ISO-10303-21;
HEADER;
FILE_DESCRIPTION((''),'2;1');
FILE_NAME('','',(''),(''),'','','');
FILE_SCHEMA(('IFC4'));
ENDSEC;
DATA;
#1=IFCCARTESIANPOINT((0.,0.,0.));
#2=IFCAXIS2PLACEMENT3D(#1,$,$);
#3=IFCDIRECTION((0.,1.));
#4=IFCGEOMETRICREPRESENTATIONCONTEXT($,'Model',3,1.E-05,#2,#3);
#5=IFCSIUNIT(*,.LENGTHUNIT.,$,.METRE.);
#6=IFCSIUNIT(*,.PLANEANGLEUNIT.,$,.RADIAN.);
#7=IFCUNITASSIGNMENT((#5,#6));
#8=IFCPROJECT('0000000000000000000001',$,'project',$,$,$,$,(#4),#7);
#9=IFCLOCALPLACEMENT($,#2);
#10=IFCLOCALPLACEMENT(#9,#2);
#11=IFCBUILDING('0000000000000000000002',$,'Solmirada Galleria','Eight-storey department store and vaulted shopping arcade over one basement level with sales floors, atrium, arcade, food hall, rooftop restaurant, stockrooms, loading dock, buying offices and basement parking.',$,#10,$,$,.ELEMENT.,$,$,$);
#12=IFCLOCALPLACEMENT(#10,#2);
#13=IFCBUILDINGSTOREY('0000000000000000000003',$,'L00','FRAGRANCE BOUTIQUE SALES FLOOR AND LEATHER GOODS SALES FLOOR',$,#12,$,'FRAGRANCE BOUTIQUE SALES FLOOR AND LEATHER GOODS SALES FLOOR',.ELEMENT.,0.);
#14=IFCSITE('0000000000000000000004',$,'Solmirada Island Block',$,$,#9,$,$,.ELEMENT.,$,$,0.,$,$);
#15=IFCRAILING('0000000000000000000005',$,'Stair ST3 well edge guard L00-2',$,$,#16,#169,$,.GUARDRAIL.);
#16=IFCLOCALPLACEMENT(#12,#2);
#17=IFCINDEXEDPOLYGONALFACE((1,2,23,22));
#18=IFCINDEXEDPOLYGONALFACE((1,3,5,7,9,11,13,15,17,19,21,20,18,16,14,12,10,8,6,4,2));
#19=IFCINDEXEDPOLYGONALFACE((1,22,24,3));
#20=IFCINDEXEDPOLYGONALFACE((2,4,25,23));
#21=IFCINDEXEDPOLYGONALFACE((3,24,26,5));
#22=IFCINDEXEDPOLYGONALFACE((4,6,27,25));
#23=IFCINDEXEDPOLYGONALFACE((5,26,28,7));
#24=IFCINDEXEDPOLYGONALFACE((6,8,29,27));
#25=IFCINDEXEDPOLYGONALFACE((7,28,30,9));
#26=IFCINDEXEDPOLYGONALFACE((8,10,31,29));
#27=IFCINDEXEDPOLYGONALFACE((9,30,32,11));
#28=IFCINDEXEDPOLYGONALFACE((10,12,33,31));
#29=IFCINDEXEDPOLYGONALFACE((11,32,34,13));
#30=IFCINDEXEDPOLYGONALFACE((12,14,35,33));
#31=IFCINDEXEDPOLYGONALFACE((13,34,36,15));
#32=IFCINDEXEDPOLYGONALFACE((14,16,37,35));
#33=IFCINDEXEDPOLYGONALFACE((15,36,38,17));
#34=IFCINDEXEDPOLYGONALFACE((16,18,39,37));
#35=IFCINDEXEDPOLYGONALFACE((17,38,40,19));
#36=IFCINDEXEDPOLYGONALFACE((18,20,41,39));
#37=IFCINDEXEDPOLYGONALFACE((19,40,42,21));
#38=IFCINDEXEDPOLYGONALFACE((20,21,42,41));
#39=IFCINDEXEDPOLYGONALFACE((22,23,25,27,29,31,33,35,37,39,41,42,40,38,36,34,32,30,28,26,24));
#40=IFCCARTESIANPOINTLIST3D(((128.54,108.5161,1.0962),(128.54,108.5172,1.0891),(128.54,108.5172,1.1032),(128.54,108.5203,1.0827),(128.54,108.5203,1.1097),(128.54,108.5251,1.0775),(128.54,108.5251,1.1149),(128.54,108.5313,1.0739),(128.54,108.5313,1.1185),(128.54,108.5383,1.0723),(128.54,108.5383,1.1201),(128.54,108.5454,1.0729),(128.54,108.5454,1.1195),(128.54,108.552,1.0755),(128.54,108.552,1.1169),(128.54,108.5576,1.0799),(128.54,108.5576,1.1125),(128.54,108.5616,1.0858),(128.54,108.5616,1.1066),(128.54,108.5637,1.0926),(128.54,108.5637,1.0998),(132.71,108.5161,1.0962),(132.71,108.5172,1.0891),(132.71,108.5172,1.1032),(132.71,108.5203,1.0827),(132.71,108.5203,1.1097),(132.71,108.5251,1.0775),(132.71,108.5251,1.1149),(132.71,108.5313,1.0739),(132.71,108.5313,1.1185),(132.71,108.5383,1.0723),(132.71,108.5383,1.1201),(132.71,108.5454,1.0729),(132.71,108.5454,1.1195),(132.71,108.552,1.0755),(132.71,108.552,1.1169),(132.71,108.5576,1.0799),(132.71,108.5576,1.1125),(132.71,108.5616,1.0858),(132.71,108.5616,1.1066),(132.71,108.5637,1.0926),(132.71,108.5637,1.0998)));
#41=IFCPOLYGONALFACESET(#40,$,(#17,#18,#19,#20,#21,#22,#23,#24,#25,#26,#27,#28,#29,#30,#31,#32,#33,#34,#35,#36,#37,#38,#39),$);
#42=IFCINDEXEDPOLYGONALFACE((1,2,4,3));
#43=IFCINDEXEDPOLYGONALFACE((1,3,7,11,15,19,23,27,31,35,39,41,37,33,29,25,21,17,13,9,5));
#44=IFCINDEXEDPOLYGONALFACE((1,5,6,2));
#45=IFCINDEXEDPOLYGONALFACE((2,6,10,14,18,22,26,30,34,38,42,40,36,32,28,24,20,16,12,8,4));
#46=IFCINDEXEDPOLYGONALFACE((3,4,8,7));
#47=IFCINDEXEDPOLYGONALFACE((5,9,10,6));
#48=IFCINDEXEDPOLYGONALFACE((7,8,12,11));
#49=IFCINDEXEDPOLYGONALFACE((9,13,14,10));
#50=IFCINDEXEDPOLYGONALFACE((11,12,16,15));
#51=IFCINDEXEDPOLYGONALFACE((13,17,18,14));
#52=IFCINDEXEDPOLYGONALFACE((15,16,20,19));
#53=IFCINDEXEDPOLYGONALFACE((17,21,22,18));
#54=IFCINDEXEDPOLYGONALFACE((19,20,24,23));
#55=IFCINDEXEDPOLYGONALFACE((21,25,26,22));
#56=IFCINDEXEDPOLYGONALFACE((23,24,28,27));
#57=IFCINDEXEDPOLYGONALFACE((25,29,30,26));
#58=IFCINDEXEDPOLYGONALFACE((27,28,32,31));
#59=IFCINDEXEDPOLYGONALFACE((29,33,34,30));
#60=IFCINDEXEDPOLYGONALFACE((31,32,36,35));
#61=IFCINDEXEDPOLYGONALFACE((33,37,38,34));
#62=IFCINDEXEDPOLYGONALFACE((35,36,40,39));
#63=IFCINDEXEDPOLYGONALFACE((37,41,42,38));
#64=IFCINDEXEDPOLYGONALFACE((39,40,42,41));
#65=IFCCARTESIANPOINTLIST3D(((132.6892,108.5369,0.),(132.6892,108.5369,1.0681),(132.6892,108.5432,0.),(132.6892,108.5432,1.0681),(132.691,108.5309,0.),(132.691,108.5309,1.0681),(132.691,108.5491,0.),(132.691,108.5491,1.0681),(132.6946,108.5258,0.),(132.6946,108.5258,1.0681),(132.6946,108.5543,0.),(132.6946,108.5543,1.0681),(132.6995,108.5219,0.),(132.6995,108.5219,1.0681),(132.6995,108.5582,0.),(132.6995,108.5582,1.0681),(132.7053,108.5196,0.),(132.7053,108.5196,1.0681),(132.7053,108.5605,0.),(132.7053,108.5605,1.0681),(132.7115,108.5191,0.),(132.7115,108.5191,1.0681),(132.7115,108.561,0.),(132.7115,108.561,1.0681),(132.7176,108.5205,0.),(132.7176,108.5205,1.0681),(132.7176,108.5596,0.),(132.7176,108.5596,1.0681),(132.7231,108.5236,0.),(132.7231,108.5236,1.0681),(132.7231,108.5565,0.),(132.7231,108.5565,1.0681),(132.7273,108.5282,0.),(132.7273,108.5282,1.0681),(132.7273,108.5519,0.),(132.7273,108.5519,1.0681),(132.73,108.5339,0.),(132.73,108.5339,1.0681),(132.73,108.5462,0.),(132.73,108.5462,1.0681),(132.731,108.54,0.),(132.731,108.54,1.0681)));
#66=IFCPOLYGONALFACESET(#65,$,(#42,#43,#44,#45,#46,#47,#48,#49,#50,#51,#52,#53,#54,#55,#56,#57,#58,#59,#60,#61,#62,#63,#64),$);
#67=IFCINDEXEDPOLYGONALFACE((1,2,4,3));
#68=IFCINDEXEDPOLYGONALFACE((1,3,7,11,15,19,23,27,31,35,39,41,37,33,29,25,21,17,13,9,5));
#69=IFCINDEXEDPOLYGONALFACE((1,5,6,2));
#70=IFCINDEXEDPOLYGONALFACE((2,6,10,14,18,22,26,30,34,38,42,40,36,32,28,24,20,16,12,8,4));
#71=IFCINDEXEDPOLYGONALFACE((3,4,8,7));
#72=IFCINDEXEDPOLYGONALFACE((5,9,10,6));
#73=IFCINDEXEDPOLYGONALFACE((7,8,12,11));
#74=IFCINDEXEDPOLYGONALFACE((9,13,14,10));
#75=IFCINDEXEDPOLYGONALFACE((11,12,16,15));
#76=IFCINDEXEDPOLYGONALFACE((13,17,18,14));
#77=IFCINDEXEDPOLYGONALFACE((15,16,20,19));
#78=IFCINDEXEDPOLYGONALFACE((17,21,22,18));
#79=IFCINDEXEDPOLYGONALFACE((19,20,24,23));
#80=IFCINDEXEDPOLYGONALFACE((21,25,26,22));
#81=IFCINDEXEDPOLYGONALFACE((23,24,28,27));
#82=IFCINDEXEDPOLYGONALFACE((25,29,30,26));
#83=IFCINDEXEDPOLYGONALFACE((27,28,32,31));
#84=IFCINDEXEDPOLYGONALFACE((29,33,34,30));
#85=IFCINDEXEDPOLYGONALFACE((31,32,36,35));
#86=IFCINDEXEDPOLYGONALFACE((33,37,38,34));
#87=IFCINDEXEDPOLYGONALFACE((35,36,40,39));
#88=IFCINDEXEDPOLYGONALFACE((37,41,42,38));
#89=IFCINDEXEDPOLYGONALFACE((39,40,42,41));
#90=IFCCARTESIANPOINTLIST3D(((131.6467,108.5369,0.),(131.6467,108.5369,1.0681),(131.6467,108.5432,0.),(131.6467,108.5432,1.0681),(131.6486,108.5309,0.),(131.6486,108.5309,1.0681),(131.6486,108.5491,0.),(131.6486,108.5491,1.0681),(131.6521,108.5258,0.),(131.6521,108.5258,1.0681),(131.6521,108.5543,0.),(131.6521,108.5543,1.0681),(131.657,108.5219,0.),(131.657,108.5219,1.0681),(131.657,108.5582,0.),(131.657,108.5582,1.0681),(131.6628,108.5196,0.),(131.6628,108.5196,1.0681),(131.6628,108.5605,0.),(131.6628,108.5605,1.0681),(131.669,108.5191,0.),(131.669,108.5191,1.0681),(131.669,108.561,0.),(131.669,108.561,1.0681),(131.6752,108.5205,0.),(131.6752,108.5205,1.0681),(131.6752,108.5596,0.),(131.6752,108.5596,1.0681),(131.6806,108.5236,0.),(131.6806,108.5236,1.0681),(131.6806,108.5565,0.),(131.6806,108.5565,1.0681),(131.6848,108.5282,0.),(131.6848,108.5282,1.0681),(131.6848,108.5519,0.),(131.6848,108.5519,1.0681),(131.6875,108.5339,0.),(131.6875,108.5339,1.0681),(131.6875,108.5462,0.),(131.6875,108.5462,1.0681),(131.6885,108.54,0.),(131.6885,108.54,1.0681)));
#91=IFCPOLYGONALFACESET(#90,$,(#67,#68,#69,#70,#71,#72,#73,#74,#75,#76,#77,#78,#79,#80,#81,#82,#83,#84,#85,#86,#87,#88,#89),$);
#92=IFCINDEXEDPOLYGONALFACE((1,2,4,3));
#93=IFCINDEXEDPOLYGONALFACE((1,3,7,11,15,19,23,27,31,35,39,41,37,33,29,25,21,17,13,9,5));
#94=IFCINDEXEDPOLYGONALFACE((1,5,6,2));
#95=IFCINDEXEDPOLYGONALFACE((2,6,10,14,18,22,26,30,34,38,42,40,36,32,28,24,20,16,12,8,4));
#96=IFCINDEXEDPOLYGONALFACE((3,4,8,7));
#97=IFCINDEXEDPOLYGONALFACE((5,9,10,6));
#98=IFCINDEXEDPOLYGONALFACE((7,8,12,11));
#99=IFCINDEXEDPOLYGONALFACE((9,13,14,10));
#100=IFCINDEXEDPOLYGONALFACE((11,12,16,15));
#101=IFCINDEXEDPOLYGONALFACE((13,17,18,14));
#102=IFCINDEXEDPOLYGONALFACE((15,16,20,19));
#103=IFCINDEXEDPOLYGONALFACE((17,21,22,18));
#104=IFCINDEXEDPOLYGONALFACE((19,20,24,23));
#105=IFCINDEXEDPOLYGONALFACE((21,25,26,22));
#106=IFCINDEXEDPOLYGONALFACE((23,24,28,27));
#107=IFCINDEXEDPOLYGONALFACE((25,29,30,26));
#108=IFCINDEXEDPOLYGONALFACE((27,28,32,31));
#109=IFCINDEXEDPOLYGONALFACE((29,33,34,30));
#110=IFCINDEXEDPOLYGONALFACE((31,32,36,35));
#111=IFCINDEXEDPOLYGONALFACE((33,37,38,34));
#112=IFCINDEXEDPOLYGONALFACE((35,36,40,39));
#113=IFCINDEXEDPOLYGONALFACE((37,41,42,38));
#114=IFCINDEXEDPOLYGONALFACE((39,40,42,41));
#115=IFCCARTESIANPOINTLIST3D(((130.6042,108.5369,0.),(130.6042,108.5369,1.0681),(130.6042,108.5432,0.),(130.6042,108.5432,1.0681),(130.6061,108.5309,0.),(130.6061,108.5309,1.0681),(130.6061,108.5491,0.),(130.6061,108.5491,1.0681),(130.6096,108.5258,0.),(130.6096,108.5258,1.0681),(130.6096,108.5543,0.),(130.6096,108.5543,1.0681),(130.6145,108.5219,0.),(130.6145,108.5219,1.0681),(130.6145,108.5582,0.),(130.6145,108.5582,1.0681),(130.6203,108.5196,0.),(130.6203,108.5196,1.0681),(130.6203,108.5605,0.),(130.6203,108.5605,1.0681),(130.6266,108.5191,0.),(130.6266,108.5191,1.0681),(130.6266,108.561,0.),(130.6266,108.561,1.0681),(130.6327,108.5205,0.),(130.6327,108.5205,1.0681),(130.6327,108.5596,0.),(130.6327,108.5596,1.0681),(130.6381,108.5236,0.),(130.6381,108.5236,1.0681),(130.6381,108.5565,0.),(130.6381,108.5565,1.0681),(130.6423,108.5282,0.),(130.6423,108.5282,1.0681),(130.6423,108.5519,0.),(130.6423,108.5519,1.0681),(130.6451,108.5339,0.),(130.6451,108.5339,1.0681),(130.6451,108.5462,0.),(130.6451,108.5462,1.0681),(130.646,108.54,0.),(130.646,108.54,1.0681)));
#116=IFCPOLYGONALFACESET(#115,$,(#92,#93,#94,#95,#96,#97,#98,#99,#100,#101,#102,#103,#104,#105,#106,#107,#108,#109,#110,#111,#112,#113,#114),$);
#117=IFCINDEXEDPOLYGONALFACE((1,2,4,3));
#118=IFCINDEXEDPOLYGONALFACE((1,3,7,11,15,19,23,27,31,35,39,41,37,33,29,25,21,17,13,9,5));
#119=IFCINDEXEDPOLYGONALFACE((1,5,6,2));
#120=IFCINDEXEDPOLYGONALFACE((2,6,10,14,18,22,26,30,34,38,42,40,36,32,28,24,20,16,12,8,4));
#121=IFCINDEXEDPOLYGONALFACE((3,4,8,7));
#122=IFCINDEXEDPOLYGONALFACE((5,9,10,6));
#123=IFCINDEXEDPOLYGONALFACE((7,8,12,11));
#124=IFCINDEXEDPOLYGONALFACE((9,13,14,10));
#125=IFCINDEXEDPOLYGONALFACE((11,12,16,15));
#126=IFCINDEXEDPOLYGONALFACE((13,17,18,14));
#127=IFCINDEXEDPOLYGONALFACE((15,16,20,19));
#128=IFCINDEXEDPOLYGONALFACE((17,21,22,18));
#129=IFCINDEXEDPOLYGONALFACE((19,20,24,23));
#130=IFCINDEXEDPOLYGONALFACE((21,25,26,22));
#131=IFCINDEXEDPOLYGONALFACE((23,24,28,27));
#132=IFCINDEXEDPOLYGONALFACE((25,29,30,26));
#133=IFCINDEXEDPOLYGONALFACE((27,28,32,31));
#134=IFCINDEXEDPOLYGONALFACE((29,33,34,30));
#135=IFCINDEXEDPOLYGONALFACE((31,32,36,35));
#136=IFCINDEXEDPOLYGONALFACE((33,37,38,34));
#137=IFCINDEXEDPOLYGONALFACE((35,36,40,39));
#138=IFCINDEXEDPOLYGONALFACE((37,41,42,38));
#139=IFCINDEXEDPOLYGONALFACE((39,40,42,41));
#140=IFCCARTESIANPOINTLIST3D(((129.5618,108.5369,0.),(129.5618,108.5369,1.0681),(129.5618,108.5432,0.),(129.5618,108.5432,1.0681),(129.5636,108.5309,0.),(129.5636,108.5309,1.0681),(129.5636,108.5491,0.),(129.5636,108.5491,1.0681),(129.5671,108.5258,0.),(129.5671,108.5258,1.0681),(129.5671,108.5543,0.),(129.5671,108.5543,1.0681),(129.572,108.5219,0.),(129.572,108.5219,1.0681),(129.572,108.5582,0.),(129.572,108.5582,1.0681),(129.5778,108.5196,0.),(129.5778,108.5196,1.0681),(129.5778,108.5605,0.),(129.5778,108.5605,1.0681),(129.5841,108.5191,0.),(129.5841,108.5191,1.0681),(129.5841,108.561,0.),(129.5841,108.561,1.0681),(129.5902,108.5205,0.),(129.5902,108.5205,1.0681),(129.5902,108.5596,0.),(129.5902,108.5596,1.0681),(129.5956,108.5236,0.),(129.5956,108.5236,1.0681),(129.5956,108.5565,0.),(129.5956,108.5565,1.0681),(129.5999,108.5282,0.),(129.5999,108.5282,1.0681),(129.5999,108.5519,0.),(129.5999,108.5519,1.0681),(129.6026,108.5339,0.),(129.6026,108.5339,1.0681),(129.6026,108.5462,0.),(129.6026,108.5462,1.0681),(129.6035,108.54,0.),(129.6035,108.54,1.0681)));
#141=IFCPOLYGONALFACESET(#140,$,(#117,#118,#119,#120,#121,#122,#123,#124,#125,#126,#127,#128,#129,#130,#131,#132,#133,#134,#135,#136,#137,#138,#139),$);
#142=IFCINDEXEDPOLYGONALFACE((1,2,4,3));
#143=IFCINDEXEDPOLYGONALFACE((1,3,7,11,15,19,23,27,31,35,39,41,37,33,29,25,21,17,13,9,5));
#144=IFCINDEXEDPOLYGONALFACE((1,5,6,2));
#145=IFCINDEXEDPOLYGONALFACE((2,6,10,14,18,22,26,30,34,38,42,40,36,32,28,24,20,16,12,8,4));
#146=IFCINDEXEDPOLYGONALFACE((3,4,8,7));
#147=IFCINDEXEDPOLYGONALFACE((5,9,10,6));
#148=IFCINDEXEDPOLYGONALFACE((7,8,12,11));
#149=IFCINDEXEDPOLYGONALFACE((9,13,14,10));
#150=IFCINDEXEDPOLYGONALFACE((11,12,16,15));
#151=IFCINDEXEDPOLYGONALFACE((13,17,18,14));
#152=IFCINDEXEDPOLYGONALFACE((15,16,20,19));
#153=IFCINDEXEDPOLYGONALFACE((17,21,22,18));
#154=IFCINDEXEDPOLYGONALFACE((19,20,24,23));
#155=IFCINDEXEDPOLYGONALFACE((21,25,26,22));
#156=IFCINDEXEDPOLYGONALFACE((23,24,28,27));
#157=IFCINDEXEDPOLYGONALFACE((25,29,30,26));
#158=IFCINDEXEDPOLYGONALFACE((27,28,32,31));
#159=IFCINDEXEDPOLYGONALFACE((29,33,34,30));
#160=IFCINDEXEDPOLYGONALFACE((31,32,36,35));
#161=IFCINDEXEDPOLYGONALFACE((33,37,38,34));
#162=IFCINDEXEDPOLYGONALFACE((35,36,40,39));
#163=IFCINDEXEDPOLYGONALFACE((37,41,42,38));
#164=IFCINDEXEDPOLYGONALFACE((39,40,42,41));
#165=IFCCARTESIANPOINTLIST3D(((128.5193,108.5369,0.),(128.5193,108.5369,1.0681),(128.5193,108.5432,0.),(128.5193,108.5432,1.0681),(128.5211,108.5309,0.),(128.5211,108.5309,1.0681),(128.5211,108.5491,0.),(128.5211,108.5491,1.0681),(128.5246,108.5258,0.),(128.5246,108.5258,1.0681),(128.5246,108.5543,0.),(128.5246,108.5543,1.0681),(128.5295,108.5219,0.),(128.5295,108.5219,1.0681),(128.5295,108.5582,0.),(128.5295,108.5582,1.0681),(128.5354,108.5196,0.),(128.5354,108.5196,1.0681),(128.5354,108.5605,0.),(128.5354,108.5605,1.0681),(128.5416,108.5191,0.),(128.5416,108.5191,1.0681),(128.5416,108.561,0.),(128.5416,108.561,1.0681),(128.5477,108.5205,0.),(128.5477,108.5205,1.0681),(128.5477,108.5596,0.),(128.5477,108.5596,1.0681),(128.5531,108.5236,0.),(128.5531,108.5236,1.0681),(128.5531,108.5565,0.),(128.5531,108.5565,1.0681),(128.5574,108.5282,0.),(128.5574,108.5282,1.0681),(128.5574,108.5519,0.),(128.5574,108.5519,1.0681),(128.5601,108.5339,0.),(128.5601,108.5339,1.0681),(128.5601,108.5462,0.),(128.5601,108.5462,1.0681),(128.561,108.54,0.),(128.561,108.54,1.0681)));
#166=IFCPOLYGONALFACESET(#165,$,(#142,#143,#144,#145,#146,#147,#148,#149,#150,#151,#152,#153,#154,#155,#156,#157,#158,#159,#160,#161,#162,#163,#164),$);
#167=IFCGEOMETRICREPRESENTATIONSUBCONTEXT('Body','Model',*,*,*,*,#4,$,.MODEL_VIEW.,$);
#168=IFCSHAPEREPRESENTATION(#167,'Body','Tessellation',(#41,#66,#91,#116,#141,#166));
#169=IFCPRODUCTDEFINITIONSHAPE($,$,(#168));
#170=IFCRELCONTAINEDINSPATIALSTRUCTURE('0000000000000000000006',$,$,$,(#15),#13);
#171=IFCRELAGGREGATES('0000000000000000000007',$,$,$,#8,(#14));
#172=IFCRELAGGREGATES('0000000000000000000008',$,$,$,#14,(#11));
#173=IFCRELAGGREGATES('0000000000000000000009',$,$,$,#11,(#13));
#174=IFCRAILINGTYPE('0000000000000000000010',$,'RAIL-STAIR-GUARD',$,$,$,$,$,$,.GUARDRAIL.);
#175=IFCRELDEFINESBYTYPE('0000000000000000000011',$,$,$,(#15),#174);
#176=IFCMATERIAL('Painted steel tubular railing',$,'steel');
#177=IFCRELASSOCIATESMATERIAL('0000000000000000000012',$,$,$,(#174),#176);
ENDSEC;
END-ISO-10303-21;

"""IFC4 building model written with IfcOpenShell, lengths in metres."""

from ifc_helpers import new_model, si_unit, direction, frame, origin, origin_2d, place, context, subcontext, project, spatial, circle, extrude, material, type_object, element, save


model = new_model("IFC4")

# Units and contexts
model_context = context("Model", 3, precision=1e-05, world=origin(), true_north=direction((0.0, 1.0)))
body_context = subcontext(model_context, "Body", "Model", "MODEL_VIEW")
ifc_project = project(units=[si_unit("LENGTHUNIT", "METRE"), si_unit("PLANEANGLEUNIT", "RADIAN")], contexts=[model_context])

# Site, building, storey
site_placement = place(None, origin())
site = spatial("IfcSite", under=ifc_project, at=site_placement, Name="Solmirada Island Block", CompositionType="ELEMENT", RefElevation=0.0)
building_placement = place(site_placement, origin())
building = spatial("IfcBuilding", under=site, at=building_placement, Name="Solmirada Galleria", Description="Eight-storey department store and vaulted shopping arcade over one basement level with sales floors, atrium, arcade, food hall, rooftop restaurant, stockrooms, loading dock, buying offices and basement parking.", CompositionType="ELEMENT")
storey_placement = place(building_placement, origin())
storey = spatial("IfcBuildingStorey", under=building, at=storey_placement, Name="L00", Description="FRAGRANCE BOUTIQUE SALES FLOOR AND LEATHER GOODS SALES FLOOR", LongName="FRAGRANCE BOUTIQUE SALES FLOOR AND LEATHER GOODS SALES FLOOR", CompositionType="ELEMENT", Elevation=0.0)

# Railing
ifc_material_1 = material(Name="Painted steel tubular railing", Category="steel")
railing_type = type_object("IfcRailingType", Name="RAIL-STAIR-GUARD", PredefinedType="GUARDRAIL", material=ifc_material_1)
railing_1_placement = place(storey_placement, frame((132.71, 108.54, 0.0)))
element("IfcRailing", 1, at=railing_1_placement, inside=storey, type_object=railing_type, Name="Stair ST3 well edge guard L00-2", PredefinedType="GUARDRAIL", context=body_context, shape_type="SweptSolid", body=[
    extrude(circle(Radius=0.0239, at=origin_2d()), frame((0.0, 0.0, 1.0962), z_axis=(-1.0, 0.0, 0.0), x_axis=(0.0, -1.0, 0.0)), (0.0, 0.0, 1.0), 4.1699),
    extrude(circle(Radius=0.021, at=origin_2d()), origin(), (0.0, 0.0, 1.0), 1.0681),
    extrude(circle(Radius=0.021, at=origin_2d()), frame((-1.0425, 0.0, 0.0)), (0.0, 0.0, 1.0), 1.0681),
    extrude(circle(Radius=0.021, at=origin_2d()), frame((-2.085, 0.0, 0.0)), (0.0, 0.0, 1.0), 1.0681),
    extrude(circle(Radius=0.021, at=origin_2d()), frame((-3.1274, 0.0, 0.0)), (0.0, 0.0, 1.0), 1.0681),
    extrude(circle(Radius=0.021, at=origin_2d()), frame((-4.1699, 0.0, 0.0)), (0.0, 0.0, 1.0), 1.0681),
])

save(model, "model.ifc")
